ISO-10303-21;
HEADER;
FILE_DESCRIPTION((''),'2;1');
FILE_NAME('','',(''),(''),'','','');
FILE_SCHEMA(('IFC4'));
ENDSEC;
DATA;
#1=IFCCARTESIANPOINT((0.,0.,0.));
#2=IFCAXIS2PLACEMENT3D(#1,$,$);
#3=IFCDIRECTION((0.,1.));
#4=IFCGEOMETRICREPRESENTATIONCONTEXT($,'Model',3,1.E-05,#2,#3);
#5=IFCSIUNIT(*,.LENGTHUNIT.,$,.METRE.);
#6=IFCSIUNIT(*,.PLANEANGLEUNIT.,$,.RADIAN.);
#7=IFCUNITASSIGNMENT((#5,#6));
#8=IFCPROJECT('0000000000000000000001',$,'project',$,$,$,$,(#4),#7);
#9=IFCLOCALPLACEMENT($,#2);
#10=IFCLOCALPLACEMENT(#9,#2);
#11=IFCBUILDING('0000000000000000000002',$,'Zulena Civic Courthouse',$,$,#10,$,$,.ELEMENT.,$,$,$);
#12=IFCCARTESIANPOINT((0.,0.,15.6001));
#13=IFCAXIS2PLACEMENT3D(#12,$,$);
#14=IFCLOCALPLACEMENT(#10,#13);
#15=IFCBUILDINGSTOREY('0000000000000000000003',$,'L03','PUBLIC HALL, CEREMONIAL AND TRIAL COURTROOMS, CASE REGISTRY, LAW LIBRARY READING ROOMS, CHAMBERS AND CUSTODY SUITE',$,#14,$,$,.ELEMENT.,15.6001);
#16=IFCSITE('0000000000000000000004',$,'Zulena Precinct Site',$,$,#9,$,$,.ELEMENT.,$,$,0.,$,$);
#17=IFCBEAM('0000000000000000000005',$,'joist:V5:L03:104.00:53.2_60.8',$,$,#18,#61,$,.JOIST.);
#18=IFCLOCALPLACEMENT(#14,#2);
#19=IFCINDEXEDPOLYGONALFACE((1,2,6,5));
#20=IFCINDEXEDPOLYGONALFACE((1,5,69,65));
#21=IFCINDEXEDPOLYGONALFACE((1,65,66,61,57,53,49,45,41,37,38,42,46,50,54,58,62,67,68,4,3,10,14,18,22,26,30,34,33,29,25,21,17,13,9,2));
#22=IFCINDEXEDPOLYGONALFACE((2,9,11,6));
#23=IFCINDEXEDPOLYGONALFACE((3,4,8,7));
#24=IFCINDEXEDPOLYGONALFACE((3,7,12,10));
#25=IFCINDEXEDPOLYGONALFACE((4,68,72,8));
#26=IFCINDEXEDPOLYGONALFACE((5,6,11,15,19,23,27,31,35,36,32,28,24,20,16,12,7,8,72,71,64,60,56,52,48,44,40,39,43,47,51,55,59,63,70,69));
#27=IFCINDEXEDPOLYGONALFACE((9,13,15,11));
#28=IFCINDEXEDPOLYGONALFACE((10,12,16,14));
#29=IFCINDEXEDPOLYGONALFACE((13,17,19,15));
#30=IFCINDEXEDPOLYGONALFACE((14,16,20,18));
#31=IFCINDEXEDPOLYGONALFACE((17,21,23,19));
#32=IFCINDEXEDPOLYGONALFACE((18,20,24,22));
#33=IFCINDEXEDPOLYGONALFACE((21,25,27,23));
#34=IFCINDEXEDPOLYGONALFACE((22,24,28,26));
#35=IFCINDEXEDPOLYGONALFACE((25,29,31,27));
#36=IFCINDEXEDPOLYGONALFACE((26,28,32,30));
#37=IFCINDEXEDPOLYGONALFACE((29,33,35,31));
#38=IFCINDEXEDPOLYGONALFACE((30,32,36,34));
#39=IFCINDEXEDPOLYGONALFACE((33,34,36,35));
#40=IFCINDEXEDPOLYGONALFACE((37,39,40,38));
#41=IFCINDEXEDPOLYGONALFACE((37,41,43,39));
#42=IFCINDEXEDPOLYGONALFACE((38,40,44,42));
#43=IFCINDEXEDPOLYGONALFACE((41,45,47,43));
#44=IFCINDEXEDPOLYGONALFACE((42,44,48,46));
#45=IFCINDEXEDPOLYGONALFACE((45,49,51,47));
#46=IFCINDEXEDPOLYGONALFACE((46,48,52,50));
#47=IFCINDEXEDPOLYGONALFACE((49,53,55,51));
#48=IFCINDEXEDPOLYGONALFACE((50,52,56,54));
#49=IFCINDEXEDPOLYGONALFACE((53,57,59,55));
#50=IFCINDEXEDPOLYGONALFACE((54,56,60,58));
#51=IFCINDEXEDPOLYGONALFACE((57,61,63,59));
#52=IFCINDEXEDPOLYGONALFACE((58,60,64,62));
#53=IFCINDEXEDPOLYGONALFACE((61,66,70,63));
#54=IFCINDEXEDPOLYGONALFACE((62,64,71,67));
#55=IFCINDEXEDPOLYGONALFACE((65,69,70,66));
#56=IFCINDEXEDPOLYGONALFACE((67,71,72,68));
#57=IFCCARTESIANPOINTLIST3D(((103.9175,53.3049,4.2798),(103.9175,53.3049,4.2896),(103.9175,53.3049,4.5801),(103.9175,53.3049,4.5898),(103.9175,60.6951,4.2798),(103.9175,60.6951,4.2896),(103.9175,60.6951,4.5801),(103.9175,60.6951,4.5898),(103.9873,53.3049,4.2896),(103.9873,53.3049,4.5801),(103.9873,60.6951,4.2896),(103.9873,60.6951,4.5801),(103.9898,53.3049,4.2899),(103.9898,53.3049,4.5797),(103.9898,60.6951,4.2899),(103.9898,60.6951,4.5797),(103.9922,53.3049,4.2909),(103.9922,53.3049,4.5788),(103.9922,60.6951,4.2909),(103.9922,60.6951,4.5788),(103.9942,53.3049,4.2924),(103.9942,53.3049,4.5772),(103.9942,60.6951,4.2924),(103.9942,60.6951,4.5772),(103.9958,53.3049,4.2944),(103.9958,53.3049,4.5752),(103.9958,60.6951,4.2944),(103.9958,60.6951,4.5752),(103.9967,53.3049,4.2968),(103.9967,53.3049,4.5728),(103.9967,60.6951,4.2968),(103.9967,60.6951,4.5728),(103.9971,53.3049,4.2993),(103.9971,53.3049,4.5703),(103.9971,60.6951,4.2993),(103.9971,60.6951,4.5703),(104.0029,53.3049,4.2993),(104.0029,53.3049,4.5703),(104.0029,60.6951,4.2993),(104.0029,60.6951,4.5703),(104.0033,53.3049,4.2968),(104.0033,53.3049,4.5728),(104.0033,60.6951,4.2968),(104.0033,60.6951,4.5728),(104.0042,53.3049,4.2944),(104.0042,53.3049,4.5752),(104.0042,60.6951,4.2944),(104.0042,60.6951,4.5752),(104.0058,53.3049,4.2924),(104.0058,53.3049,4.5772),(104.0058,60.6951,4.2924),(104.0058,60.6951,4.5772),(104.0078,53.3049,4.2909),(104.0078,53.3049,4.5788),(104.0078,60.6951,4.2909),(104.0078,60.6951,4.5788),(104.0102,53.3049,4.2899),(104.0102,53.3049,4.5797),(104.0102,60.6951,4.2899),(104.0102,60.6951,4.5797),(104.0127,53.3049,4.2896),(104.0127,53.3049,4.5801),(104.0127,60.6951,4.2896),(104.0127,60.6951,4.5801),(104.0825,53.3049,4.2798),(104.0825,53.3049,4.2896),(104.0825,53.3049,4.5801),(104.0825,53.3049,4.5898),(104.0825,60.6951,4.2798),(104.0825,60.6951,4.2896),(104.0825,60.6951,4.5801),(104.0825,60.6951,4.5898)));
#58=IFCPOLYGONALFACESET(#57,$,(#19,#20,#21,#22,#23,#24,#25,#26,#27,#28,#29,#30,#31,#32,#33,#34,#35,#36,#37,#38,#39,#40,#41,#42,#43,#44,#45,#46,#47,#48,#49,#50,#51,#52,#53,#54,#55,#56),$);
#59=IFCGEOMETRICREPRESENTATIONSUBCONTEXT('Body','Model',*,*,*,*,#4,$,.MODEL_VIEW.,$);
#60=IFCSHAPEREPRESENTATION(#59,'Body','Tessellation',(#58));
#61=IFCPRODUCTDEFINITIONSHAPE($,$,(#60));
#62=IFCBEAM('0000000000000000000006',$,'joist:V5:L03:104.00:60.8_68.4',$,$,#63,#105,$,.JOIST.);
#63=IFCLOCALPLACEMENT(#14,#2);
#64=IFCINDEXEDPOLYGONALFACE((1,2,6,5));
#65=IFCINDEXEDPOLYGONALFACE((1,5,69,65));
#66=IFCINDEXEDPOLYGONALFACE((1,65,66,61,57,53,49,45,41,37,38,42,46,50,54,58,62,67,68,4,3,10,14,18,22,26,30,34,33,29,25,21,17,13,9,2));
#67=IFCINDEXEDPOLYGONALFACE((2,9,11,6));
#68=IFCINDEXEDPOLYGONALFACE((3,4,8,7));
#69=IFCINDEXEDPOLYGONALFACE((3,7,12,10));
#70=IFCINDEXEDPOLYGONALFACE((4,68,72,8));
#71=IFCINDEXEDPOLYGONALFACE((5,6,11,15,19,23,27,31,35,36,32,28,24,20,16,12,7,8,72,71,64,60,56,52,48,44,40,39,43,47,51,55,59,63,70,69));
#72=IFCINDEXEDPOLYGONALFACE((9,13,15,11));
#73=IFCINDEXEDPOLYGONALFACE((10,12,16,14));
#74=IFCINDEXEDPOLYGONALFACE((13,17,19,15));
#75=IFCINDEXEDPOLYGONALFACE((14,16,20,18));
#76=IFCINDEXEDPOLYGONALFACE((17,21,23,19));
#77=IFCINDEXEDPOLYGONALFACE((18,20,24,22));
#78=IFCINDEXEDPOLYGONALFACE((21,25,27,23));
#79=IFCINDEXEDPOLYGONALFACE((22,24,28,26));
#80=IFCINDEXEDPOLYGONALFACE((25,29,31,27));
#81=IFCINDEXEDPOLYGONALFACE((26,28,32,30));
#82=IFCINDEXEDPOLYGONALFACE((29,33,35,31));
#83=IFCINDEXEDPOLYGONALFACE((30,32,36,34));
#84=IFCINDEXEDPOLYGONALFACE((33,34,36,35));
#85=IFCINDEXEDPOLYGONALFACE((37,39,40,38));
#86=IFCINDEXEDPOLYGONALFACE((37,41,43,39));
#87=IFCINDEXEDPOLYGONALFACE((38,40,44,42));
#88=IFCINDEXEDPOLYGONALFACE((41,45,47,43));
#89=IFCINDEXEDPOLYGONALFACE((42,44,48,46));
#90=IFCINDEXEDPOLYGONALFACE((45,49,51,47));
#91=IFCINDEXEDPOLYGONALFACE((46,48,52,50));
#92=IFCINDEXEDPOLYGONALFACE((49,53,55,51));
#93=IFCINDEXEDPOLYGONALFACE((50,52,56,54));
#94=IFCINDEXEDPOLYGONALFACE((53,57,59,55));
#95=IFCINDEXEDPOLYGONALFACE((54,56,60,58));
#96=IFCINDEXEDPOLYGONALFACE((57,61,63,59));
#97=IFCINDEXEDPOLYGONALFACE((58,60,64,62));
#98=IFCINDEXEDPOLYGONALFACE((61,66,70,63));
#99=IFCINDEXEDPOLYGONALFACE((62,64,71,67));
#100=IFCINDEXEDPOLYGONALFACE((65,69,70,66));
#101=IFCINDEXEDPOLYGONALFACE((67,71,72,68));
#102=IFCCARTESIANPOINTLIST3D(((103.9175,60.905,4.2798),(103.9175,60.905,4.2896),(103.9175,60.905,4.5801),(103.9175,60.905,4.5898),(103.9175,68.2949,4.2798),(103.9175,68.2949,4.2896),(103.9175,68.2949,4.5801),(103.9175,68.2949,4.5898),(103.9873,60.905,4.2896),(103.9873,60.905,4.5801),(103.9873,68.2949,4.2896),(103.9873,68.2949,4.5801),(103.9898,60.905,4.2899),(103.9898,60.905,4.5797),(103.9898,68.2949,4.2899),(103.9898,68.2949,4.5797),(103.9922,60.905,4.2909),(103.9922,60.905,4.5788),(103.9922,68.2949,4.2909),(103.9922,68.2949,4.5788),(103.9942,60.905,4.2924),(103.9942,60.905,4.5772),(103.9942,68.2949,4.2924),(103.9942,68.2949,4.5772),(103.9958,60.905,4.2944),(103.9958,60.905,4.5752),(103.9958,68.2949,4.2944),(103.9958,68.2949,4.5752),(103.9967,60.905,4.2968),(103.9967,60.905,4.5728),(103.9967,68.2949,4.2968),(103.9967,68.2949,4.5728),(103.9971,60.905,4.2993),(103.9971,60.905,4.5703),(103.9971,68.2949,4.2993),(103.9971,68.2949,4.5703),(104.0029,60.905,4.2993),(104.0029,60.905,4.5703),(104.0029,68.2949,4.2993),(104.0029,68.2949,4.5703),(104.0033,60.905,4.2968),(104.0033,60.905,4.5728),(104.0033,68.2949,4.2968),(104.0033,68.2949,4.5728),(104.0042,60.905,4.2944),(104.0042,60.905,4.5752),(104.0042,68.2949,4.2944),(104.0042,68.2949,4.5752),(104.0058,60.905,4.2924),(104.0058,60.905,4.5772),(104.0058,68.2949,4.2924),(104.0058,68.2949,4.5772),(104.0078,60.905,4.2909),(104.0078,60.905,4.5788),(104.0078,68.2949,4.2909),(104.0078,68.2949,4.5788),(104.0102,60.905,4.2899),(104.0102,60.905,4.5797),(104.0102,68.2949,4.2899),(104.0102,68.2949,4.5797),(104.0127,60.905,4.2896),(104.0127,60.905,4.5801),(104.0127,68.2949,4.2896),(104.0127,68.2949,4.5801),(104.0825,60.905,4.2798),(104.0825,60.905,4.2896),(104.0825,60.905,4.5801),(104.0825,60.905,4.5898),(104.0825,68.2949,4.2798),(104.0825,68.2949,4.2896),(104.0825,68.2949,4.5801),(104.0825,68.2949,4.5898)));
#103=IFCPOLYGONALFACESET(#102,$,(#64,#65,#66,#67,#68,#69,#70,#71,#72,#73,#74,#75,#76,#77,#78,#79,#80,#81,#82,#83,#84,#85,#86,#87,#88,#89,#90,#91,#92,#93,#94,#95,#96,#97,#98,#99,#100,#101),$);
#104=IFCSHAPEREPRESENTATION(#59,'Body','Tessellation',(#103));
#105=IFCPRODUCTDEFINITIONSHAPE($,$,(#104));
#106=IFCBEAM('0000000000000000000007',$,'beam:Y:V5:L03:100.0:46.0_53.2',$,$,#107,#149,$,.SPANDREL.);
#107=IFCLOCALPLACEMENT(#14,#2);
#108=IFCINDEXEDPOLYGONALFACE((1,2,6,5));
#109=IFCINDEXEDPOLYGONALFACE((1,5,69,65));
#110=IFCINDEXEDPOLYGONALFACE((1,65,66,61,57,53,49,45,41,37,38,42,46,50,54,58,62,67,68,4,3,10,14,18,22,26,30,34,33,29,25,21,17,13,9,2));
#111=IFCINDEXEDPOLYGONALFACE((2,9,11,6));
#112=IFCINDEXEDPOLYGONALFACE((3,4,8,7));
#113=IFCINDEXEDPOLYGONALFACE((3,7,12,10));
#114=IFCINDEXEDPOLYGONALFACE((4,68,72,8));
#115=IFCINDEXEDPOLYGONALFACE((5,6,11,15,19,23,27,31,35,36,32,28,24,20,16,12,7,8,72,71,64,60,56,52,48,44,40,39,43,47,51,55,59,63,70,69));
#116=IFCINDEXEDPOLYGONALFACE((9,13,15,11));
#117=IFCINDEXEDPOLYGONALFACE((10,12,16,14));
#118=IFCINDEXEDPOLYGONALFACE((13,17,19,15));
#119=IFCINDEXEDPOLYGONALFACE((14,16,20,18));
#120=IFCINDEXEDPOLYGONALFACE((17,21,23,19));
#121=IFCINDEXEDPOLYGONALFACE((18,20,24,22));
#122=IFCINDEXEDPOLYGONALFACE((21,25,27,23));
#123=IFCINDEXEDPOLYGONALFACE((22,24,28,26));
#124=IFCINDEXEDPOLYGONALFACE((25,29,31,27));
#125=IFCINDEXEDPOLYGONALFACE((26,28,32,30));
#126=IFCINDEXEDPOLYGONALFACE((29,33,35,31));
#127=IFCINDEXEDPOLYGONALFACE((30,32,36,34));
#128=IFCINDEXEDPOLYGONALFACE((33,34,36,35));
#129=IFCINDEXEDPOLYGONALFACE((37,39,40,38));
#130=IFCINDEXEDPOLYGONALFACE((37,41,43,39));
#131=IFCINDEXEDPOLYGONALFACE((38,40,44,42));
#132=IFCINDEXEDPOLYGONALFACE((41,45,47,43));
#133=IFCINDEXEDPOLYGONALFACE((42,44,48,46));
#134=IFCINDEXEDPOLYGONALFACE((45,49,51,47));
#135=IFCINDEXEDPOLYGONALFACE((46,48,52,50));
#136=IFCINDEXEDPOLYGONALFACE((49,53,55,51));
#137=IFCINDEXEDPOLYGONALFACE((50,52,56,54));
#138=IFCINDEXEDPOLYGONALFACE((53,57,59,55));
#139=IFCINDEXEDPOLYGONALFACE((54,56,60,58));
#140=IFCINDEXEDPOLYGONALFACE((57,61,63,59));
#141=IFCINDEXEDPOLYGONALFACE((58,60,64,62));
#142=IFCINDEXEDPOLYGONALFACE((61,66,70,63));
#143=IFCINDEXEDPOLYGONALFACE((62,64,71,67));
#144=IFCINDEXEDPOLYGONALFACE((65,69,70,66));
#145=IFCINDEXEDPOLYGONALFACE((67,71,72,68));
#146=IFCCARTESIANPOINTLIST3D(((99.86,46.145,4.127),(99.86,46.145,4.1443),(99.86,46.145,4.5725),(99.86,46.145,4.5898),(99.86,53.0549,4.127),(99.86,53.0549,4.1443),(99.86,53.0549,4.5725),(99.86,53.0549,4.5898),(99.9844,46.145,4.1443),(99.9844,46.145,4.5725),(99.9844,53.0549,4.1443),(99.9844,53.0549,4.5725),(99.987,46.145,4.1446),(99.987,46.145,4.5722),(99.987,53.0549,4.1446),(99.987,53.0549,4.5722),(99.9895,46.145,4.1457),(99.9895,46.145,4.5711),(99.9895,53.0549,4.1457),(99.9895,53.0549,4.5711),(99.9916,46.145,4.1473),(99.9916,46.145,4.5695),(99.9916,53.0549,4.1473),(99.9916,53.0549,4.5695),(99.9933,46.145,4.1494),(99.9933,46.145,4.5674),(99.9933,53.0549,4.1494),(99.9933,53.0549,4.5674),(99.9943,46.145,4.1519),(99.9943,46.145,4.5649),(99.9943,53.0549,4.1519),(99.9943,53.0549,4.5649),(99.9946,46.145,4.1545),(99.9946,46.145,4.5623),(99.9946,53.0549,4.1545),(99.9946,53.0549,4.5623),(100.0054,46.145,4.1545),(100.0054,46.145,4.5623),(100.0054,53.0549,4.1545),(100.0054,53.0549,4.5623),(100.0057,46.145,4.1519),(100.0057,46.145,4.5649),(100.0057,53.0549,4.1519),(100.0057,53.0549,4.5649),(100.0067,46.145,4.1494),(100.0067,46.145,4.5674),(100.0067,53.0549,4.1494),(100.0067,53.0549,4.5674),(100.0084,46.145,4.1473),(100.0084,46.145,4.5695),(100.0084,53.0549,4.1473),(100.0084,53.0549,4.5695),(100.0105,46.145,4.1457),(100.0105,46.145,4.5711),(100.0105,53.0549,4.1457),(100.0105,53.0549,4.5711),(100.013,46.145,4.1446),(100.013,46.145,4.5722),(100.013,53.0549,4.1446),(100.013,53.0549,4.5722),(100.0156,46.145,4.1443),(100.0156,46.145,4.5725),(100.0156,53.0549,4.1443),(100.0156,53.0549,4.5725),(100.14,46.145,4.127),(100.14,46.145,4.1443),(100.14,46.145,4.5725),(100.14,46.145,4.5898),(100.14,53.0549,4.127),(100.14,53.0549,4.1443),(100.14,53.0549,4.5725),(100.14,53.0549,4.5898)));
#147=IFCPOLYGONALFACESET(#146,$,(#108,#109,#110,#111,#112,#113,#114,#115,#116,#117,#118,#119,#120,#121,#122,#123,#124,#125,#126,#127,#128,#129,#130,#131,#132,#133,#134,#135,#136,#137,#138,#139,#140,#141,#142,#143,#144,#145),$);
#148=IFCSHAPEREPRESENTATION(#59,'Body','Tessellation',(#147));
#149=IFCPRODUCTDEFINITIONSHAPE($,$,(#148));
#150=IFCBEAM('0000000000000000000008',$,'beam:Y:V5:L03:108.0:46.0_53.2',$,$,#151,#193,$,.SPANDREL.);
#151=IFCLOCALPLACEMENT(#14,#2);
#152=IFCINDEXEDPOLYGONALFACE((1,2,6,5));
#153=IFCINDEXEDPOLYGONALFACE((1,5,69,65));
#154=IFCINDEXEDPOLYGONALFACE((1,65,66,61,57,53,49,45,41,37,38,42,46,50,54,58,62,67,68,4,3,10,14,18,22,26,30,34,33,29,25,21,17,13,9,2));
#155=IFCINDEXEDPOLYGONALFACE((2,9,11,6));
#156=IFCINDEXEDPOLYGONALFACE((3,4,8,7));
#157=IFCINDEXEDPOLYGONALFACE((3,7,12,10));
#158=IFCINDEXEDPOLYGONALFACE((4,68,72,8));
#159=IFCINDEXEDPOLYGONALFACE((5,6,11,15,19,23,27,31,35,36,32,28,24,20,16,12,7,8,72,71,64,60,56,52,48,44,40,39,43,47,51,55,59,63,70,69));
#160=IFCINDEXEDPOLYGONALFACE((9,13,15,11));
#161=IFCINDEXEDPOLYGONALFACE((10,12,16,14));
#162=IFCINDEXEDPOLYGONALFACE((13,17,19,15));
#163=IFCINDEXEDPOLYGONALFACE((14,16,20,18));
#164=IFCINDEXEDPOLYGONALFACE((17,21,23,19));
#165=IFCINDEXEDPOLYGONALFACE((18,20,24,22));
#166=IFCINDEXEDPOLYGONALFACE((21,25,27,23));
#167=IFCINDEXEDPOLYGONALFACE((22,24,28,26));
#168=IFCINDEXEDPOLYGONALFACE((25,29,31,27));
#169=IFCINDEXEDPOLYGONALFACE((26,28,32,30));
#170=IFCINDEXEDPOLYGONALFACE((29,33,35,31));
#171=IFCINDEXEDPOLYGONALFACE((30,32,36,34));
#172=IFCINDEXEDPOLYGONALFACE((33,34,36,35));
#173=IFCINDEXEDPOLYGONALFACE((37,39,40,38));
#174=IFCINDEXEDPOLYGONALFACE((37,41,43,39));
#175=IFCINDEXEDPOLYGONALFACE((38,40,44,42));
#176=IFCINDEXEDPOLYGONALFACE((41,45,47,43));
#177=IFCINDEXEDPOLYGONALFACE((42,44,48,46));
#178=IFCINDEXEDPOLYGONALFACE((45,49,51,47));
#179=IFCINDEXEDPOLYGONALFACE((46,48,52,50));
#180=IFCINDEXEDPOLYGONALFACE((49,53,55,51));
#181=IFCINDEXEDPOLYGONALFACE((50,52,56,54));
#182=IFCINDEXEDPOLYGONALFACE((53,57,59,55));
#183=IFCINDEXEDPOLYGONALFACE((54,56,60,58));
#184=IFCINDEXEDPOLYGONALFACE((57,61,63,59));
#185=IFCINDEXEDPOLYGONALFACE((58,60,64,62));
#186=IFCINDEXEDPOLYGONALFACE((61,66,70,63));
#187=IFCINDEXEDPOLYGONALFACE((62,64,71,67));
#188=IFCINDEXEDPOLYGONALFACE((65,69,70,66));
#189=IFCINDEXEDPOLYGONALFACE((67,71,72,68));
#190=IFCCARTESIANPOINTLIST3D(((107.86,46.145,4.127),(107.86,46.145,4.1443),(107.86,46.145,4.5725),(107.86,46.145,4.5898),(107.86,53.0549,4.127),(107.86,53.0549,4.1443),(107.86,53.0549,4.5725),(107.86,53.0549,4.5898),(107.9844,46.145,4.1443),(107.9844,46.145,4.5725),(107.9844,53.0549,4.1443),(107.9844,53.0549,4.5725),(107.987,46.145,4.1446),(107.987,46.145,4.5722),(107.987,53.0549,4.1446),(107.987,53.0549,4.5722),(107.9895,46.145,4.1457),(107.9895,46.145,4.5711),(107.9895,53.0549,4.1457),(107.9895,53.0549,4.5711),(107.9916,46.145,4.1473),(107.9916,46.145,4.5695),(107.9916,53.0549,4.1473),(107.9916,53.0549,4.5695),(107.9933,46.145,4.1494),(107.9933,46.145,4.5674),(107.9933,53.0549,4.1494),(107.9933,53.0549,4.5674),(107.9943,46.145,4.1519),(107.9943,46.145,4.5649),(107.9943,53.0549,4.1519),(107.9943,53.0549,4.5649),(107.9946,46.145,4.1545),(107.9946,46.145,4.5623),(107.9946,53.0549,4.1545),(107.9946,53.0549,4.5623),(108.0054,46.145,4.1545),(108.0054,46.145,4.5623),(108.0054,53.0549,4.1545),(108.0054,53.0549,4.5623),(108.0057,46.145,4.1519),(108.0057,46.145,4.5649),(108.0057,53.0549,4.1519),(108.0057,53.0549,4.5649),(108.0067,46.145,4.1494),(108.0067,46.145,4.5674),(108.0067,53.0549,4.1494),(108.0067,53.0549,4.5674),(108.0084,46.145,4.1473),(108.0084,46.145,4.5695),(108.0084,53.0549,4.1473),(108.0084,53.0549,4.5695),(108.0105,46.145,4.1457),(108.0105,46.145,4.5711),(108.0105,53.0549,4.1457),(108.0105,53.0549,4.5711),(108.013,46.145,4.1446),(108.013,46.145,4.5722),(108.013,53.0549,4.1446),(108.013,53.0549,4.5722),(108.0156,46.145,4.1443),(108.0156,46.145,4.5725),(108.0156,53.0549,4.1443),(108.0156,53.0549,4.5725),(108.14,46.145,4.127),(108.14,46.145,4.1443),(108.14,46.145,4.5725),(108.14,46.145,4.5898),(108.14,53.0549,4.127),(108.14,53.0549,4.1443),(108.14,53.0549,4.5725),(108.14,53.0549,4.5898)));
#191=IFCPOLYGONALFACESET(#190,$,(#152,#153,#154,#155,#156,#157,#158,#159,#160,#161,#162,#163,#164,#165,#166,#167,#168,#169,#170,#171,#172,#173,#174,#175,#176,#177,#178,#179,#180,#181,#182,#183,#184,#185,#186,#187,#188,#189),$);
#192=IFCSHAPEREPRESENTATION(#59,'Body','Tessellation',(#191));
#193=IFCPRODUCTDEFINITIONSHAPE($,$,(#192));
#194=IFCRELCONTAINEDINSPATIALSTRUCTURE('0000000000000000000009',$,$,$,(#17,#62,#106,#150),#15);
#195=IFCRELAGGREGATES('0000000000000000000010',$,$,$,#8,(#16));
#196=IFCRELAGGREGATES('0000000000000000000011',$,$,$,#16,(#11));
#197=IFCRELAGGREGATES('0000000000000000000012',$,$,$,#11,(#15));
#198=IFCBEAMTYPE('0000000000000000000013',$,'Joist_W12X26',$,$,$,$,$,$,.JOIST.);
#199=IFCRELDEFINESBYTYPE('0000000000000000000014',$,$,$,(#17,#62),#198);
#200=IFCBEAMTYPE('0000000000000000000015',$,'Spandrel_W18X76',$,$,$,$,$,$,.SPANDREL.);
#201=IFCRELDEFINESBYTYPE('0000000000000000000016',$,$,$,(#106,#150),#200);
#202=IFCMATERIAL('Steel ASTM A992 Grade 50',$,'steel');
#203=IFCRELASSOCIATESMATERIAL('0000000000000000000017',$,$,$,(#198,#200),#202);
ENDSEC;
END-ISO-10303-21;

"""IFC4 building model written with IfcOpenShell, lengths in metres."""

from ifc_helpers import new_model, si_unit, direction, frame, origin, origin_2d, place, context, subcontext, project, spatial, i_section, extrude, material, material_profile, profile_set, type_object, element, save


model = new_model("IFC4")

# Units and contexts
model_context = context("Model", 3, precision=1e-05, world=origin(), true_north=direction((0.0, 1.0)))
body_context = subcontext(model_context, "Body", "Model", "MODEL_VIEW")
ifc_project = project(units=[si_unit("LENGTHUNIT", "METRE"), si_unit("PLANEANGLEUNIT", "RADIAN")], contexts=[model_context])

# Site, building, storey
site_placement = place(None, origin())
site = spatial("IfcSite", under=ifc_project, at=site_placement, Name="Zulena Precinct Site", CompositionType="ELEMENT", RefElevation=0.0)
building_placement = place(site_placement, origin())
building = spatial("IfcBuilding", under=site, at=building_placement, Name="Zulena Civic Courthouse", CompositionType="ELEMENT")
storey_placement = place(building_placement, frame((0.0, 0.0, 15.6001)))
storey = spatial("IfcBuildingStorey", under=building, at=storey_placement, Name="L03", Description="PUBLIC HALL, CEREMONIAL AND TRIAL COURTROOMS, CASE REGISTRY, LAW LIBRARY READING ROOMS, CHAMBERS AND CUSTODY SUITE", CompositionType="ELEMENT", Elevation=15.6001)

# Shared definitions
ifc_material_1 = material(Name="Steel ASTM A992 Grade 50", Category="steel")

# Beams
ifc_material_profile_1 = material_profile(ifc_material_1, i_section(OverallWidth=0.165, OverallDepth=0.3101, WebThickness=0.0059, FlangeThickness=0.0098, FilletRadius=0.0098, at=origin_2d()), Name="W12X26")
ifc_profile_set_1 = profile_set([ifc_material_profile_1], Name="Steel ASTM A992 Grade 50")
beam_type_1 = type_object("IfcBeamType", Name="Joist_W12X26", PredefinedType="JOIST", material=ifc_profile_set_1)
beam_1_placement = place(storey_placement, frame((104.0, 53.3049, 4.4348), z_axis=(0.0, 1.0, 0.0), x_axis=(-1.0, 0.0, 0.0)))
element("IfcBeam", 1, at=beam_1_placement, inside=storey, type_object=beam_type_1, Name="joist:V5:L03:104.00:53.2_60.8", PredefinedType="JOIST", context=body_context, shape_type="SweptSolid", body=[
    extrude(i_section(OverallWidth=0.165, OverallDepth=0.3101, WebThickness=0.0059, FlangeThickness=0.0098, FilletRadius=0.0098, at=origin_2d()), origin(), (0.0, 0.0, 1.0), 7.3901),
])
beam_2_placement = place(storey_placement, frame((104.0, 60.905, 4.4348), z_axis=(0.0, 1.0, 0.0), x_axis=(-1.0, 0.0, 0.0)))
element("IfcBeam", 2, at=beam_2_placement, inside=storey, type_object=beam_type_1, Name="joist:V5:L03:104.00:60.8_68.4", PredefinedType="JOIST", context=body_context, shape_type="SweptSolid", body=[
    extrude(i_section(OverallWidth=0.165, OverallDepth=0.3101, WebThickness=0.0059, FlangeThickness=0.0098, FilletRadius=0.0098, at=origin_2d()), origin(), (0.0, 0.0, 1.0), 7.3899),
])
ifc_material_profile_2 = material_profile(ifc_material_1, i_section(OverallWidth=0.28, OverallDepth=0.4629, WebThickness=0.0107, FlangeThickness=0.0173, FilletRadius=0.0103, at=origin_2d()), Name="W18X76")
ifc_profile_set_2 = profile_set([ifc_material_profile_2], Name="Steel ASTM A992 Grade 50")
beam_type_2 = type_object("IfcBeamType", Name="Spandrel_W18X76", PredefinedType="SPANDREL", material=ifc_profile_set_2)
for number, where, z_axis, x_axis, name in (
    (3, (100.0, 46.145, 4.3584), (0.0, 1.0, 0.0), (-1.0, 0.0, 0.0), "beam:Y:V5:L03:100.0:46.0_53.2"),
    (4, (108.0, 46.145, 4.3584), (0.0, 1.0, 0.0), (-1.0, 0.0, 0.0), "beam:Y:V5:L03:108.0:46.0_53.2"),
):
    element("IfcBeam", number, at=place(storey_placement, frame(where, z_axis=z_axis, x_axis=x_axis)), inside=storey, type_object=beam_type_2, Name=name, PredefinedType="SPANDREL", context=body_context, shape_type="SweptSolid", body=[
        extrude(i_section(OverallWidth=0.28, OverallDepth=0.4629, WebThickness=0.0107, FlangeThickness=0.0173, FilletRadius=0.0103, at=origin_2d()), origin(), (0.0, 0.0, 1.0), 6.9099),
    ])

save(model, "model.ifc")
